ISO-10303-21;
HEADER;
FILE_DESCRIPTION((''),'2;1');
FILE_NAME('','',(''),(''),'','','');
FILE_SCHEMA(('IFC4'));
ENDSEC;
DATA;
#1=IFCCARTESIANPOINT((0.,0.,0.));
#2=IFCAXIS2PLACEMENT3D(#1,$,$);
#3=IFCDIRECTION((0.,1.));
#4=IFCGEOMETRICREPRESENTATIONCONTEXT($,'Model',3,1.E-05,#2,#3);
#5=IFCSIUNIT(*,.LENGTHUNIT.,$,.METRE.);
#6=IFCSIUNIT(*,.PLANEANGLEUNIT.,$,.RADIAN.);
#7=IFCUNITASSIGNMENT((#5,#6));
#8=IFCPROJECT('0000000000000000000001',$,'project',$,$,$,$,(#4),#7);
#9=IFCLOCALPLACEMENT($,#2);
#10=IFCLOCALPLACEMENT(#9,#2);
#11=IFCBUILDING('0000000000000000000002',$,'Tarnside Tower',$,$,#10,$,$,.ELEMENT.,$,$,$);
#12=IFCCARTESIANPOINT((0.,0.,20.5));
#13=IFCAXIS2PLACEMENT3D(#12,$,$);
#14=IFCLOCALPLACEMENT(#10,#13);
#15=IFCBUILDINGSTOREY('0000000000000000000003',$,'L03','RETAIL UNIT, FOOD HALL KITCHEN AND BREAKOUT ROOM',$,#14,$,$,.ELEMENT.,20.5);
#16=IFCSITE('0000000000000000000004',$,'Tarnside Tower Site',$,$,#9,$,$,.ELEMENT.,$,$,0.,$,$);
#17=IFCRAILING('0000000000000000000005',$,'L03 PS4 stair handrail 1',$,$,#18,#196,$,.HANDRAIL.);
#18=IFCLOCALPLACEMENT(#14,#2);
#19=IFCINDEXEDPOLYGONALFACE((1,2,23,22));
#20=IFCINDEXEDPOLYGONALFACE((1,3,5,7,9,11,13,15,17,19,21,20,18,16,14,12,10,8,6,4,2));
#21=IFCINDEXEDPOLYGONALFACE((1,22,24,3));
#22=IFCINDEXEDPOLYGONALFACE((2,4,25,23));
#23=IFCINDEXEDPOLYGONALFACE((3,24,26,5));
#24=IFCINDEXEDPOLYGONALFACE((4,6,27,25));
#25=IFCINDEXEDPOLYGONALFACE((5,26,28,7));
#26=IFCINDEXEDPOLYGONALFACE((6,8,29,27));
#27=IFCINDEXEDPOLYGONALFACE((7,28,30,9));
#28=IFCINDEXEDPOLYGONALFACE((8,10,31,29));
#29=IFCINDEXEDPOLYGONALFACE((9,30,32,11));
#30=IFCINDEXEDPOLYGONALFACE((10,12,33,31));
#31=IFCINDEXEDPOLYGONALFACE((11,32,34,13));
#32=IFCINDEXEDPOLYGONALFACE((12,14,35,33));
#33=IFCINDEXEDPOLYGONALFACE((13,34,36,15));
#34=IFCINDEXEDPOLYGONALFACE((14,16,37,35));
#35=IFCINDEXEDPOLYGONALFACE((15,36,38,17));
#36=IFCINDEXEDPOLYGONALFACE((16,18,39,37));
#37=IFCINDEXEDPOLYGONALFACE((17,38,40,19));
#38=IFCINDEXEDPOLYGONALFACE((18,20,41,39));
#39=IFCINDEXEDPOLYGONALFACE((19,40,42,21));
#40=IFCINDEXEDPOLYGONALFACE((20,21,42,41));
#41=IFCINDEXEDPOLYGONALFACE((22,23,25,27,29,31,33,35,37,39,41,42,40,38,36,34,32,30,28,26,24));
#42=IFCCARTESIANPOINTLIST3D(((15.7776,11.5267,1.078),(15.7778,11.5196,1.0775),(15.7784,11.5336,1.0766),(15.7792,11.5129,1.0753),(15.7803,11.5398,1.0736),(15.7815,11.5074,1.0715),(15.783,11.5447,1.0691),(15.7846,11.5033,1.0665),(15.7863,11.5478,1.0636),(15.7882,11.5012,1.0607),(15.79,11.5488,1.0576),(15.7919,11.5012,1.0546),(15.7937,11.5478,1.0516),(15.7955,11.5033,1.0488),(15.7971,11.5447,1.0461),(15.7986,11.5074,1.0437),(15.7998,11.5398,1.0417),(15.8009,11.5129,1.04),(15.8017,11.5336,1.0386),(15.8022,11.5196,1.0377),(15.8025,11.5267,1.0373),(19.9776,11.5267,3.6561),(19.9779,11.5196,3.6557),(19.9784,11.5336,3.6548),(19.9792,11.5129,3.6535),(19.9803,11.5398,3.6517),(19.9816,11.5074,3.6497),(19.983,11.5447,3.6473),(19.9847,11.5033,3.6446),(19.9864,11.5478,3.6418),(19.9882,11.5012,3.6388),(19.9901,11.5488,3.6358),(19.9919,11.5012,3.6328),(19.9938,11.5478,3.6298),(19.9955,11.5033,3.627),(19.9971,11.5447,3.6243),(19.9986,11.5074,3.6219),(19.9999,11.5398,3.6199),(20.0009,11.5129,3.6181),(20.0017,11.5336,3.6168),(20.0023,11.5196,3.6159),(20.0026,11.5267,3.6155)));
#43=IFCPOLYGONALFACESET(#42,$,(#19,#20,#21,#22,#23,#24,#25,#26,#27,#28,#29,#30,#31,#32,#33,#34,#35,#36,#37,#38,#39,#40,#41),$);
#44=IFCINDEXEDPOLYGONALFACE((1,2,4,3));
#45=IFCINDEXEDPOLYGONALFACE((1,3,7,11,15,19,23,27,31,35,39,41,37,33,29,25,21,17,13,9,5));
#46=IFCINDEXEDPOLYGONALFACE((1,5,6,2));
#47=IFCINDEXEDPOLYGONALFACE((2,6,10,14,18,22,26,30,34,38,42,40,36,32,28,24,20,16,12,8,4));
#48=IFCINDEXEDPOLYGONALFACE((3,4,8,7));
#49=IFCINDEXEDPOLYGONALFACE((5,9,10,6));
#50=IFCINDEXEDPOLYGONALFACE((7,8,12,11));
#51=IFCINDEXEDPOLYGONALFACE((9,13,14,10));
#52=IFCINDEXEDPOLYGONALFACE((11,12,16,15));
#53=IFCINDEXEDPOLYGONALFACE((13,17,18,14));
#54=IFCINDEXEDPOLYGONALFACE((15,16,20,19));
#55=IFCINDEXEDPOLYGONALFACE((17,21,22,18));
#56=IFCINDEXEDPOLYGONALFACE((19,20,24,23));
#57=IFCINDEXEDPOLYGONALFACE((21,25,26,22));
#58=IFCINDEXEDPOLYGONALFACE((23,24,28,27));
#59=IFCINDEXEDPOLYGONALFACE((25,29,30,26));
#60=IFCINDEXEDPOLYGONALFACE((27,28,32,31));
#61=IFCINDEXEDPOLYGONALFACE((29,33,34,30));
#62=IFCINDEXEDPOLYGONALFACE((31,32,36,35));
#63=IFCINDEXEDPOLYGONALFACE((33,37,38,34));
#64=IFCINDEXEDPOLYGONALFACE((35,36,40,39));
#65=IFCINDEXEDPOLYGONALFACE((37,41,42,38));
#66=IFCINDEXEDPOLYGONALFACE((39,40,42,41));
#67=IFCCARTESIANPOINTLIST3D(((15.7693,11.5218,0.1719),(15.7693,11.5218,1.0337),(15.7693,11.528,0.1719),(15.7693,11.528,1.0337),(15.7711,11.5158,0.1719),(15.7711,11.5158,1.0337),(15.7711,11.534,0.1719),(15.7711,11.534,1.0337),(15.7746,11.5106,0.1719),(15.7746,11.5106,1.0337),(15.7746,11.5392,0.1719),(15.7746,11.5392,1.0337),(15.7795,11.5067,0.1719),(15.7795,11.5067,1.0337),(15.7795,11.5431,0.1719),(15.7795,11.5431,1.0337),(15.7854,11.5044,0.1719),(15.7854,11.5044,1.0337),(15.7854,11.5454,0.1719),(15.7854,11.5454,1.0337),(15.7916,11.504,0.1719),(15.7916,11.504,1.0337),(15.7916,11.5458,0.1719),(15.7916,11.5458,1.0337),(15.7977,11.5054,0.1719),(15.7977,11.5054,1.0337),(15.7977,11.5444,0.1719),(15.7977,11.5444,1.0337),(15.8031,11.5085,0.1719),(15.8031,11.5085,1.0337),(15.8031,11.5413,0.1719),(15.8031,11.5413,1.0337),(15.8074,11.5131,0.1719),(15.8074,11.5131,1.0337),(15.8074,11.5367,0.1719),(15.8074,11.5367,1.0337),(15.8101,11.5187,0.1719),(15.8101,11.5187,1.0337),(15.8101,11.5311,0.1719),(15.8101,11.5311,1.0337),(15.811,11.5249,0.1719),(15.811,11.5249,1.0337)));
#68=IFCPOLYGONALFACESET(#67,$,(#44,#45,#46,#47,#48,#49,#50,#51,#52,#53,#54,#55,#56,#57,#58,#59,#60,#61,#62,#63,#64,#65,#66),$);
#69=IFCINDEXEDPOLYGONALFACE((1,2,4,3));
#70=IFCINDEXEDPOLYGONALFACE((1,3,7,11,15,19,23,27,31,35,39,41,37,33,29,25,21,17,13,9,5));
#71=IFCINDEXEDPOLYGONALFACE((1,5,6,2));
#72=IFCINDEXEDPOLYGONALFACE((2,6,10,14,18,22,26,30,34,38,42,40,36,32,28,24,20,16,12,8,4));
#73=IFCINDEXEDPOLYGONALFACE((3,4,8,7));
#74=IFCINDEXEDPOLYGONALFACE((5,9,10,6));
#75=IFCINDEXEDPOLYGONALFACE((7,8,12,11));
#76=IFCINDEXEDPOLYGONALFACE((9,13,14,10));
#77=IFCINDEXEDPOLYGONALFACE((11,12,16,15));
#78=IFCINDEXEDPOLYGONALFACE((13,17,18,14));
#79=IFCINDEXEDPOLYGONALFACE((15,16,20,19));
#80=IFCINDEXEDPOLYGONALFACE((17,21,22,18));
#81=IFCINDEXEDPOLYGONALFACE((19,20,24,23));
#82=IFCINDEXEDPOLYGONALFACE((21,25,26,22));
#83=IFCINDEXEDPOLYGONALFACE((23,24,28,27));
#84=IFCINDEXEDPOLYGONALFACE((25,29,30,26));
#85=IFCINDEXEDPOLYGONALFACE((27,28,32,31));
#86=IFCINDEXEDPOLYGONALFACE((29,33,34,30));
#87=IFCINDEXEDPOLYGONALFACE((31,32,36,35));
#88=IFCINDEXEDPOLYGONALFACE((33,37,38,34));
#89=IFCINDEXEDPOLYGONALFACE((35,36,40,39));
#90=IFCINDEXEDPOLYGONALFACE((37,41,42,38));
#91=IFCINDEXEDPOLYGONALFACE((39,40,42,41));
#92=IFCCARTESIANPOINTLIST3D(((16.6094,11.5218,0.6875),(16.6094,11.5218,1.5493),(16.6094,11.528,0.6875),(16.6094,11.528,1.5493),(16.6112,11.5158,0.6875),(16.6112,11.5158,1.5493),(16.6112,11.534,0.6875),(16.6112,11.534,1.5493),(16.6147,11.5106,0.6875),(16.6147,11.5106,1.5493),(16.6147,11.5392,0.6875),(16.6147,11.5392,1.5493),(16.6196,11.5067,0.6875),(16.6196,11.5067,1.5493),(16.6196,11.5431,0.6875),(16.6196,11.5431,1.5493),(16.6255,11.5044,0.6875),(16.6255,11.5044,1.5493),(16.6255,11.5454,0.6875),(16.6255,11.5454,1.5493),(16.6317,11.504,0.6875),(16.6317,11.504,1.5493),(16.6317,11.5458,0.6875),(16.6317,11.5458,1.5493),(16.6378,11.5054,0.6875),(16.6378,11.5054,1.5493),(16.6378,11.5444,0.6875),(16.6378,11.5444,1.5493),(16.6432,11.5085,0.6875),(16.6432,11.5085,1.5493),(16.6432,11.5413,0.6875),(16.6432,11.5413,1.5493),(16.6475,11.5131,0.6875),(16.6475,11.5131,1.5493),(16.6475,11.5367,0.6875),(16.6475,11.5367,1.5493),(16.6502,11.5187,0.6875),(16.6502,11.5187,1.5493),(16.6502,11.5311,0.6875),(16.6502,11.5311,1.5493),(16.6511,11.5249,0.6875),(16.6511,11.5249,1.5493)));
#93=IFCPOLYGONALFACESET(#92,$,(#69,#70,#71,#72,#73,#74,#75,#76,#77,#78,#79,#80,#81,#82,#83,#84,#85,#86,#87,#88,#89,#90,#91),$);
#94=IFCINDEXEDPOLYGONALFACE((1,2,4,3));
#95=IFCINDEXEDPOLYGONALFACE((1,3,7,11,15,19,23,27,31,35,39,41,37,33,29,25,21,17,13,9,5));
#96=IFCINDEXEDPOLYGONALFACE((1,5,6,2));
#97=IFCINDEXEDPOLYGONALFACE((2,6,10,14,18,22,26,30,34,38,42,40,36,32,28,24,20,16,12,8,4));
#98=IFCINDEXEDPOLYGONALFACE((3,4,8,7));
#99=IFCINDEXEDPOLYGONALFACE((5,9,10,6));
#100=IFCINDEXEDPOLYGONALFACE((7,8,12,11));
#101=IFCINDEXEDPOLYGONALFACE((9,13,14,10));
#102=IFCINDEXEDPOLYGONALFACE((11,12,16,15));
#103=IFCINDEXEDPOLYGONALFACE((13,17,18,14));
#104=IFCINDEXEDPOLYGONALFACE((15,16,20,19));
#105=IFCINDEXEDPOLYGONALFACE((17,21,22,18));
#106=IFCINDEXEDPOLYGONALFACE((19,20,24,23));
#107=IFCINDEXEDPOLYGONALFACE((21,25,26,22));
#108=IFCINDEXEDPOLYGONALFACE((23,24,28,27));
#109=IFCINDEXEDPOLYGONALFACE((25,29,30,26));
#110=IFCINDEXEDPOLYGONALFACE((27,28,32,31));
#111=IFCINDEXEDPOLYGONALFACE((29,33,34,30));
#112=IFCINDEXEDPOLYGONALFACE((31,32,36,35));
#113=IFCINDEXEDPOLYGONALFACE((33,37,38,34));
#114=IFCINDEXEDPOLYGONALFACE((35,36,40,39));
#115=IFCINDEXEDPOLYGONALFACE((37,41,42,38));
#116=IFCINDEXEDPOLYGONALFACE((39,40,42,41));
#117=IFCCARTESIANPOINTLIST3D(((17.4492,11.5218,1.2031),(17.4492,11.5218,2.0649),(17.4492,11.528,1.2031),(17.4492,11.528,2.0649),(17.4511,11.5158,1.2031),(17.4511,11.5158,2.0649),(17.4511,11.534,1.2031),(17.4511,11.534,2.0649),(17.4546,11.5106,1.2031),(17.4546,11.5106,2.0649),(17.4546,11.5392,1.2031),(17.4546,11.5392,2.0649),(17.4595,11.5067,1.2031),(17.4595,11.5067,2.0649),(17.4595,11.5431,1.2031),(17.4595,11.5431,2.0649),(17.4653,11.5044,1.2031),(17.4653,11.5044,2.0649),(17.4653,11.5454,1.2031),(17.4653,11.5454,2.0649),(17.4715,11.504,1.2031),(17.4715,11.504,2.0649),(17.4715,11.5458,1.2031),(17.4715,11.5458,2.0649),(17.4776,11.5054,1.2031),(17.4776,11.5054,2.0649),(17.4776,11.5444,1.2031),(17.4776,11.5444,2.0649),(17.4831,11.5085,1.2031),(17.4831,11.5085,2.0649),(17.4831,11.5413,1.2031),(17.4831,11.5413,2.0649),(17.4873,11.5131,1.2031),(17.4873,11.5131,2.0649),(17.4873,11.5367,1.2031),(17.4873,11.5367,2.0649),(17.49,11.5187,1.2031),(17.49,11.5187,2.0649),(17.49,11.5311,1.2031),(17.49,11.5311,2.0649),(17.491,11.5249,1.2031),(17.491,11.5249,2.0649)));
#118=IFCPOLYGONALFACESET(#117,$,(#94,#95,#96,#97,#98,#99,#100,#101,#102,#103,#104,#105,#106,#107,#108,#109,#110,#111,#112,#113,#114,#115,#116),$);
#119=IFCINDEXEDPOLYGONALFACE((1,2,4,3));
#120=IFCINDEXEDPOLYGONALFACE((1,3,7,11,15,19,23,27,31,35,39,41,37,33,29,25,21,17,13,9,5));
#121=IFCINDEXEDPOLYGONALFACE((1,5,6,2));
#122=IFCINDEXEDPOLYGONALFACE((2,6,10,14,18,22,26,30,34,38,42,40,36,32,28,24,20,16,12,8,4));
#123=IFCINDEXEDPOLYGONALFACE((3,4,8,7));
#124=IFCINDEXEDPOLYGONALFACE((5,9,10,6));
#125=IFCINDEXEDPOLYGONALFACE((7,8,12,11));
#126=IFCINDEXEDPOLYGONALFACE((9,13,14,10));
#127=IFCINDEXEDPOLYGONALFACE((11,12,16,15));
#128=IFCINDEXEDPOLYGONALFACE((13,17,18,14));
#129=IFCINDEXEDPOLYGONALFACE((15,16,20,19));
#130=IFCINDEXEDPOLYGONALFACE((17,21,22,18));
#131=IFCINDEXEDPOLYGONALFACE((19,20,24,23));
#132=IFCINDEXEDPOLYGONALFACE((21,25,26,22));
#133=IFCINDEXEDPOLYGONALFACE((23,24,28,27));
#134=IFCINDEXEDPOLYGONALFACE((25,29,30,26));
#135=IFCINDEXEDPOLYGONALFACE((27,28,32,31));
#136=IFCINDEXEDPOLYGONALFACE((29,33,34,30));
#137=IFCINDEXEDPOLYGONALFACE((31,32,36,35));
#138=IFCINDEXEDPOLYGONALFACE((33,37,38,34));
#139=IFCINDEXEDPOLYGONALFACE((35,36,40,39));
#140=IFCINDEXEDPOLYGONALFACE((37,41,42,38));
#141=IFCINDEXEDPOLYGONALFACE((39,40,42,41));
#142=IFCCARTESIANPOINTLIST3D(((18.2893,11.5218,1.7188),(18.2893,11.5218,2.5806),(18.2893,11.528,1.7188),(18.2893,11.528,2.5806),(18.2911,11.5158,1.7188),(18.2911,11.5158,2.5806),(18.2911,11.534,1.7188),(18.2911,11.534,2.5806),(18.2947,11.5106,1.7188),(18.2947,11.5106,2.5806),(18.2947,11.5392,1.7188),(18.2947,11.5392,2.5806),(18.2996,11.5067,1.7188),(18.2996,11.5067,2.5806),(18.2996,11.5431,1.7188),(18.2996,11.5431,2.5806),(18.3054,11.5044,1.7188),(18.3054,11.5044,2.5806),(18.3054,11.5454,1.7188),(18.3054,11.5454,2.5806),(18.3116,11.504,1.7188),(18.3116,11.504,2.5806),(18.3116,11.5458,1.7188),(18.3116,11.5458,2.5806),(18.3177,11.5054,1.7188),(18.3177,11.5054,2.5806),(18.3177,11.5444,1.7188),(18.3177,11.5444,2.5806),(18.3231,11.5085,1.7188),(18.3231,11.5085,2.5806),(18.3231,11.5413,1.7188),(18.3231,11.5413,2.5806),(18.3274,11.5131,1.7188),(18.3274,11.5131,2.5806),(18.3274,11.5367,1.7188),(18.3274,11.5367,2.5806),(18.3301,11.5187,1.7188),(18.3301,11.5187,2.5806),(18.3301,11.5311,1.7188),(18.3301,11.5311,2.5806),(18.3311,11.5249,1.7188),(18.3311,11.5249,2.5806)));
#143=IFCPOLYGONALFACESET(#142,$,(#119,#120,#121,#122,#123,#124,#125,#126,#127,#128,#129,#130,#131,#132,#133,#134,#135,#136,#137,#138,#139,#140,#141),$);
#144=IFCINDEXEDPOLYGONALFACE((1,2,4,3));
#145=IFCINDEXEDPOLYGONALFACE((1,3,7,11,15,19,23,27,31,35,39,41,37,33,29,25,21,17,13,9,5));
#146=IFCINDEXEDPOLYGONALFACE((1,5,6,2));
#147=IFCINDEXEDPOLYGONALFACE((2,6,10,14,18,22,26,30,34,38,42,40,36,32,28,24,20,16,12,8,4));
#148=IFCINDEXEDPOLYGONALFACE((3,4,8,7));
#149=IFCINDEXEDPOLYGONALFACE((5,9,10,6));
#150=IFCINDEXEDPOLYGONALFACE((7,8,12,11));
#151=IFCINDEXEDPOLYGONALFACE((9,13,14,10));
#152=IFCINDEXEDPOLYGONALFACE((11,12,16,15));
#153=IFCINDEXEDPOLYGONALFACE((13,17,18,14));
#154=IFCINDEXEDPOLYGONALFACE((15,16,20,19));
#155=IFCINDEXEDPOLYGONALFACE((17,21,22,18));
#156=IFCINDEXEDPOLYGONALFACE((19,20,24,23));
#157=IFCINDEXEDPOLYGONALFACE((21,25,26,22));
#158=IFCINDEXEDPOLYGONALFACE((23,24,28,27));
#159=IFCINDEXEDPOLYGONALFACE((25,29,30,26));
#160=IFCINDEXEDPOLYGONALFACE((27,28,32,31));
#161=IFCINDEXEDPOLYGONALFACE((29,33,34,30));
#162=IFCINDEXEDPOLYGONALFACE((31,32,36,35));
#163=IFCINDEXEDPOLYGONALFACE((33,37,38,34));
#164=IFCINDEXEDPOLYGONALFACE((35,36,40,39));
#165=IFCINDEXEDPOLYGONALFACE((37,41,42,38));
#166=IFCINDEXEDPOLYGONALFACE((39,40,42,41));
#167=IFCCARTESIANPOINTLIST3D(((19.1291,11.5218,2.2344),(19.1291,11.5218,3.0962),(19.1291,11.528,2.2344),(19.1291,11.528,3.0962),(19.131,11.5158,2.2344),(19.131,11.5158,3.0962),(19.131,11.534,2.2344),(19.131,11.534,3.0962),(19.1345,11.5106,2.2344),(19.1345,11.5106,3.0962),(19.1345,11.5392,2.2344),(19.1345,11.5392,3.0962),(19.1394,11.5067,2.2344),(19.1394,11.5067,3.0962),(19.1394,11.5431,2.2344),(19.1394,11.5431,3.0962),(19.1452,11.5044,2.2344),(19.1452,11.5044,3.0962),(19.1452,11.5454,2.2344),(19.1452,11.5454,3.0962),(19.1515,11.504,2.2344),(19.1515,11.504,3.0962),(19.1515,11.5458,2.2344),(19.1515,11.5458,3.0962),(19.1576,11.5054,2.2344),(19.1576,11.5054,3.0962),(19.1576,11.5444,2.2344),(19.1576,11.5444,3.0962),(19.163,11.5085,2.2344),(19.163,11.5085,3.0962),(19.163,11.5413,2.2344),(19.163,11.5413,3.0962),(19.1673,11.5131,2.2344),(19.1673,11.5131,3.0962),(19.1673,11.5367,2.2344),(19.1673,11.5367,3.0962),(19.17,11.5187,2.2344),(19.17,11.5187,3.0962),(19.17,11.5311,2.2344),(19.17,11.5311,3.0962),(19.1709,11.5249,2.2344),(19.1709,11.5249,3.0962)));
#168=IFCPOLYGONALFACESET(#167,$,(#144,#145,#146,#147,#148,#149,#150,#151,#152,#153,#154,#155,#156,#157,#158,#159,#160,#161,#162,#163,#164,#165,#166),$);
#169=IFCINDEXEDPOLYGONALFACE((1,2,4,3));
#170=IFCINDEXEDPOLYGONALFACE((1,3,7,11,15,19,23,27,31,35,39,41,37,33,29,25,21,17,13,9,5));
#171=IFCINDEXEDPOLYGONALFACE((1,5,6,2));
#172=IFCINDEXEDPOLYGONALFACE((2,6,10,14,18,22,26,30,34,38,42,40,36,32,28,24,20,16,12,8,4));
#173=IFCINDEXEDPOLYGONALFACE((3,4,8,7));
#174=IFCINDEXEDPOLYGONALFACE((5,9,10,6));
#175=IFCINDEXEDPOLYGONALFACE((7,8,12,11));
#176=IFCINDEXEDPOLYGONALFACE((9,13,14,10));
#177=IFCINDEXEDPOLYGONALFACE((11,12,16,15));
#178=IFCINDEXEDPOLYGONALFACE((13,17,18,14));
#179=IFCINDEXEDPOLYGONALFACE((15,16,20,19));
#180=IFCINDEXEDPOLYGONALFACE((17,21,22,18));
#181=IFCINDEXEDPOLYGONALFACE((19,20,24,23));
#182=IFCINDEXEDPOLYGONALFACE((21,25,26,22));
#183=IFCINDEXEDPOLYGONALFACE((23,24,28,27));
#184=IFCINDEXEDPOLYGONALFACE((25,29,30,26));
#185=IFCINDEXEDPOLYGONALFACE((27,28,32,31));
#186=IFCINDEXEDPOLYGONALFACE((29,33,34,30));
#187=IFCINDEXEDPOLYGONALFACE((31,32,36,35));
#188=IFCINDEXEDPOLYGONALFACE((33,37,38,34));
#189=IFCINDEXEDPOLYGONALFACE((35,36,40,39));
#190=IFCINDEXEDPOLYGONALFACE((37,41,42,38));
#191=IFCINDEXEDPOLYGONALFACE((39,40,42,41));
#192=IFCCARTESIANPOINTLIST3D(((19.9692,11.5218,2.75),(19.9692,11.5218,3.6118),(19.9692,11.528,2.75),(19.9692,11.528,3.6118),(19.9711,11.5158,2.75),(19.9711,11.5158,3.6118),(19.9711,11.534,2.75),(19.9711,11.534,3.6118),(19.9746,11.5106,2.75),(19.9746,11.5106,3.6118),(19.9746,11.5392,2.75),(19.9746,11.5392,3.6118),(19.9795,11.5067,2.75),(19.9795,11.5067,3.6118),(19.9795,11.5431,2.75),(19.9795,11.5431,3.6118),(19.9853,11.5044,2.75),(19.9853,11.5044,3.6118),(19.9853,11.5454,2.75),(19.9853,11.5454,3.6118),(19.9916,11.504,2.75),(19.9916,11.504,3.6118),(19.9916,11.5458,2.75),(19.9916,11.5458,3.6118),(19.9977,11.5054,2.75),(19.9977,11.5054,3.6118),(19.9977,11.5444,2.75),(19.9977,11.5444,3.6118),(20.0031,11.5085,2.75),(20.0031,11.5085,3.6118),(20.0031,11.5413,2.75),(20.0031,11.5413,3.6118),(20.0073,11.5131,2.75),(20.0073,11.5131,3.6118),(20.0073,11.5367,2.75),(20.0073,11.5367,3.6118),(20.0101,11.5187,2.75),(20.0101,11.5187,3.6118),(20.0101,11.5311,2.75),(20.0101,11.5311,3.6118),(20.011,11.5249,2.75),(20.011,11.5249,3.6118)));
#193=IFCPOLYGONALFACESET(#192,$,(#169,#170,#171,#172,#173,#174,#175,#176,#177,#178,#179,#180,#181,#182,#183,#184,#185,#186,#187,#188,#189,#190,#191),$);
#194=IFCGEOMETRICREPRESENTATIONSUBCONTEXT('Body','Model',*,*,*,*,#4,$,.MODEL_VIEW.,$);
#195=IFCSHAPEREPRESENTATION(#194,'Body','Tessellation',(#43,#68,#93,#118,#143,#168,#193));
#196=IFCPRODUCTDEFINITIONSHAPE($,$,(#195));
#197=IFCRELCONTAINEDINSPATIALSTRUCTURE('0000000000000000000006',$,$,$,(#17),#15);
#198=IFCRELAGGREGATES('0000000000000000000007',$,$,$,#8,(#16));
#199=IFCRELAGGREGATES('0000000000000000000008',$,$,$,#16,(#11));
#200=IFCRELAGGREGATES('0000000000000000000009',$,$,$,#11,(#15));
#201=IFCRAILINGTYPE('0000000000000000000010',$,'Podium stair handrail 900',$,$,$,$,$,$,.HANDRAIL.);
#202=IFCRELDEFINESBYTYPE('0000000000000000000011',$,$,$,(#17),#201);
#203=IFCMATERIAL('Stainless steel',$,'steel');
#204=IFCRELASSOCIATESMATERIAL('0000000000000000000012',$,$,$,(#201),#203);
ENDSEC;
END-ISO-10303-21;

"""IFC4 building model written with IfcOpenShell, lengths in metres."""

from ifc_helpers import new_model, si_unit, direction, frame, origin, origin_2d, place, context, subcontext, project, spatial, circle, extrude, material, type_object, element, save


model = new_model("IFC4")

# Units and contexts
model_context = context("Model", 3, precision=1e-05, world=origin(), true_north=direction((0.0, 1.0)))
body_context = subcontext(model_context, "Body", "Model", "MODEL_VIEW")
ifc_project = project(units=[si_unit("LENGTHUNIT", "METRE"), si_unit("PLANEANGLEUNIT", "RADIAN")], contexts=[model_context])

# Site, building, storey
site_placement = place(None, origin())
site = spatial("IfcSite", under=ifc_project, at=site_placement, Name="Tarnside Tower Site", CompositionType="ELEMENT", RefElevation=0.0)
building_placement = place(site_placement, origin())
building = spatial("IfcBuilding", under=site, at=building_placement, Name="Tarnside Tower", CompositionType="ELEMENT")
storey_placement = place(building_placement, frame((0.0, 0.0, 20.5)))
storey = spatial("IfcBuildingStorey", under=building, at=storey_placement, Name="L03", Description="RETAIL UNIT, FOOD HALL KITCHEN AND BREAKOUT ROOM", CompositionType="ELEMENT", Elevation=20.5)

# Railing
ifc_material_1 = material(Name="Stainless steel", Category="steel")
railing_type_1 = type_object("IfcRailingType", Name="Podium stair handrail 900", PredefinedType="HANDRAIL", material=ifc_material_1)
railing_1_placement = place(storey_placement, frame((15.79, 11.5249, 0.1719)))
element("IfcRailing", 1, at=railing_1_placement, inside=storey, type_object=railing_type_1, Name="L03 PS4 stair handrail 1", PredefinedType="HANDRAIL", context=body_context, shape_type="SweptSolid", body=[
    extrude(circle(Radius=0.0239, at=origin_2d()), frame((0.0, 0.0, 0.8857), z_axis=(0.852243, 0.0, 0.523146), x_axis=(0.0, 1.0, 0.0)), (0.0, 0.0, 1.0), 4.9282),
    extrude(circle(Radius=0.021, at=origin_2d()), origin(), (0.0, 0.0, 1.0), 0.8618),
    extrude(circle(Radius=0.021, at=origin_2d()), frame((0.8401, 0.0, 0.5156)), (0.0, 0.0, 1.0), 0.8618),
    extrude(circle(Radius=0.021, at=origin_2d()), frame((1.6799, 0.0, 1.0312)), (0.0, 0.0, 1.0), 0.8618),
    extrude(circle(Radius=0.021, at=origin_2d()), frame((2.52, 0.0, 1.5469)), (0.0, 0.0, 1.0), 0.8618),
    extrude(circle(Radius=0.021, at=origin_2d()), frame((3.3599, 0.0, 2.0625)), (0.0, 0.0, 1.0), 0.8618),
    extrude(circle(Radius=0.021, at=origin_2d()), frame((4.2, 0.0, 2.5781)), (0.0, 0.0, 1.0), 0.8618),
])

save(model, "model.ifc")
